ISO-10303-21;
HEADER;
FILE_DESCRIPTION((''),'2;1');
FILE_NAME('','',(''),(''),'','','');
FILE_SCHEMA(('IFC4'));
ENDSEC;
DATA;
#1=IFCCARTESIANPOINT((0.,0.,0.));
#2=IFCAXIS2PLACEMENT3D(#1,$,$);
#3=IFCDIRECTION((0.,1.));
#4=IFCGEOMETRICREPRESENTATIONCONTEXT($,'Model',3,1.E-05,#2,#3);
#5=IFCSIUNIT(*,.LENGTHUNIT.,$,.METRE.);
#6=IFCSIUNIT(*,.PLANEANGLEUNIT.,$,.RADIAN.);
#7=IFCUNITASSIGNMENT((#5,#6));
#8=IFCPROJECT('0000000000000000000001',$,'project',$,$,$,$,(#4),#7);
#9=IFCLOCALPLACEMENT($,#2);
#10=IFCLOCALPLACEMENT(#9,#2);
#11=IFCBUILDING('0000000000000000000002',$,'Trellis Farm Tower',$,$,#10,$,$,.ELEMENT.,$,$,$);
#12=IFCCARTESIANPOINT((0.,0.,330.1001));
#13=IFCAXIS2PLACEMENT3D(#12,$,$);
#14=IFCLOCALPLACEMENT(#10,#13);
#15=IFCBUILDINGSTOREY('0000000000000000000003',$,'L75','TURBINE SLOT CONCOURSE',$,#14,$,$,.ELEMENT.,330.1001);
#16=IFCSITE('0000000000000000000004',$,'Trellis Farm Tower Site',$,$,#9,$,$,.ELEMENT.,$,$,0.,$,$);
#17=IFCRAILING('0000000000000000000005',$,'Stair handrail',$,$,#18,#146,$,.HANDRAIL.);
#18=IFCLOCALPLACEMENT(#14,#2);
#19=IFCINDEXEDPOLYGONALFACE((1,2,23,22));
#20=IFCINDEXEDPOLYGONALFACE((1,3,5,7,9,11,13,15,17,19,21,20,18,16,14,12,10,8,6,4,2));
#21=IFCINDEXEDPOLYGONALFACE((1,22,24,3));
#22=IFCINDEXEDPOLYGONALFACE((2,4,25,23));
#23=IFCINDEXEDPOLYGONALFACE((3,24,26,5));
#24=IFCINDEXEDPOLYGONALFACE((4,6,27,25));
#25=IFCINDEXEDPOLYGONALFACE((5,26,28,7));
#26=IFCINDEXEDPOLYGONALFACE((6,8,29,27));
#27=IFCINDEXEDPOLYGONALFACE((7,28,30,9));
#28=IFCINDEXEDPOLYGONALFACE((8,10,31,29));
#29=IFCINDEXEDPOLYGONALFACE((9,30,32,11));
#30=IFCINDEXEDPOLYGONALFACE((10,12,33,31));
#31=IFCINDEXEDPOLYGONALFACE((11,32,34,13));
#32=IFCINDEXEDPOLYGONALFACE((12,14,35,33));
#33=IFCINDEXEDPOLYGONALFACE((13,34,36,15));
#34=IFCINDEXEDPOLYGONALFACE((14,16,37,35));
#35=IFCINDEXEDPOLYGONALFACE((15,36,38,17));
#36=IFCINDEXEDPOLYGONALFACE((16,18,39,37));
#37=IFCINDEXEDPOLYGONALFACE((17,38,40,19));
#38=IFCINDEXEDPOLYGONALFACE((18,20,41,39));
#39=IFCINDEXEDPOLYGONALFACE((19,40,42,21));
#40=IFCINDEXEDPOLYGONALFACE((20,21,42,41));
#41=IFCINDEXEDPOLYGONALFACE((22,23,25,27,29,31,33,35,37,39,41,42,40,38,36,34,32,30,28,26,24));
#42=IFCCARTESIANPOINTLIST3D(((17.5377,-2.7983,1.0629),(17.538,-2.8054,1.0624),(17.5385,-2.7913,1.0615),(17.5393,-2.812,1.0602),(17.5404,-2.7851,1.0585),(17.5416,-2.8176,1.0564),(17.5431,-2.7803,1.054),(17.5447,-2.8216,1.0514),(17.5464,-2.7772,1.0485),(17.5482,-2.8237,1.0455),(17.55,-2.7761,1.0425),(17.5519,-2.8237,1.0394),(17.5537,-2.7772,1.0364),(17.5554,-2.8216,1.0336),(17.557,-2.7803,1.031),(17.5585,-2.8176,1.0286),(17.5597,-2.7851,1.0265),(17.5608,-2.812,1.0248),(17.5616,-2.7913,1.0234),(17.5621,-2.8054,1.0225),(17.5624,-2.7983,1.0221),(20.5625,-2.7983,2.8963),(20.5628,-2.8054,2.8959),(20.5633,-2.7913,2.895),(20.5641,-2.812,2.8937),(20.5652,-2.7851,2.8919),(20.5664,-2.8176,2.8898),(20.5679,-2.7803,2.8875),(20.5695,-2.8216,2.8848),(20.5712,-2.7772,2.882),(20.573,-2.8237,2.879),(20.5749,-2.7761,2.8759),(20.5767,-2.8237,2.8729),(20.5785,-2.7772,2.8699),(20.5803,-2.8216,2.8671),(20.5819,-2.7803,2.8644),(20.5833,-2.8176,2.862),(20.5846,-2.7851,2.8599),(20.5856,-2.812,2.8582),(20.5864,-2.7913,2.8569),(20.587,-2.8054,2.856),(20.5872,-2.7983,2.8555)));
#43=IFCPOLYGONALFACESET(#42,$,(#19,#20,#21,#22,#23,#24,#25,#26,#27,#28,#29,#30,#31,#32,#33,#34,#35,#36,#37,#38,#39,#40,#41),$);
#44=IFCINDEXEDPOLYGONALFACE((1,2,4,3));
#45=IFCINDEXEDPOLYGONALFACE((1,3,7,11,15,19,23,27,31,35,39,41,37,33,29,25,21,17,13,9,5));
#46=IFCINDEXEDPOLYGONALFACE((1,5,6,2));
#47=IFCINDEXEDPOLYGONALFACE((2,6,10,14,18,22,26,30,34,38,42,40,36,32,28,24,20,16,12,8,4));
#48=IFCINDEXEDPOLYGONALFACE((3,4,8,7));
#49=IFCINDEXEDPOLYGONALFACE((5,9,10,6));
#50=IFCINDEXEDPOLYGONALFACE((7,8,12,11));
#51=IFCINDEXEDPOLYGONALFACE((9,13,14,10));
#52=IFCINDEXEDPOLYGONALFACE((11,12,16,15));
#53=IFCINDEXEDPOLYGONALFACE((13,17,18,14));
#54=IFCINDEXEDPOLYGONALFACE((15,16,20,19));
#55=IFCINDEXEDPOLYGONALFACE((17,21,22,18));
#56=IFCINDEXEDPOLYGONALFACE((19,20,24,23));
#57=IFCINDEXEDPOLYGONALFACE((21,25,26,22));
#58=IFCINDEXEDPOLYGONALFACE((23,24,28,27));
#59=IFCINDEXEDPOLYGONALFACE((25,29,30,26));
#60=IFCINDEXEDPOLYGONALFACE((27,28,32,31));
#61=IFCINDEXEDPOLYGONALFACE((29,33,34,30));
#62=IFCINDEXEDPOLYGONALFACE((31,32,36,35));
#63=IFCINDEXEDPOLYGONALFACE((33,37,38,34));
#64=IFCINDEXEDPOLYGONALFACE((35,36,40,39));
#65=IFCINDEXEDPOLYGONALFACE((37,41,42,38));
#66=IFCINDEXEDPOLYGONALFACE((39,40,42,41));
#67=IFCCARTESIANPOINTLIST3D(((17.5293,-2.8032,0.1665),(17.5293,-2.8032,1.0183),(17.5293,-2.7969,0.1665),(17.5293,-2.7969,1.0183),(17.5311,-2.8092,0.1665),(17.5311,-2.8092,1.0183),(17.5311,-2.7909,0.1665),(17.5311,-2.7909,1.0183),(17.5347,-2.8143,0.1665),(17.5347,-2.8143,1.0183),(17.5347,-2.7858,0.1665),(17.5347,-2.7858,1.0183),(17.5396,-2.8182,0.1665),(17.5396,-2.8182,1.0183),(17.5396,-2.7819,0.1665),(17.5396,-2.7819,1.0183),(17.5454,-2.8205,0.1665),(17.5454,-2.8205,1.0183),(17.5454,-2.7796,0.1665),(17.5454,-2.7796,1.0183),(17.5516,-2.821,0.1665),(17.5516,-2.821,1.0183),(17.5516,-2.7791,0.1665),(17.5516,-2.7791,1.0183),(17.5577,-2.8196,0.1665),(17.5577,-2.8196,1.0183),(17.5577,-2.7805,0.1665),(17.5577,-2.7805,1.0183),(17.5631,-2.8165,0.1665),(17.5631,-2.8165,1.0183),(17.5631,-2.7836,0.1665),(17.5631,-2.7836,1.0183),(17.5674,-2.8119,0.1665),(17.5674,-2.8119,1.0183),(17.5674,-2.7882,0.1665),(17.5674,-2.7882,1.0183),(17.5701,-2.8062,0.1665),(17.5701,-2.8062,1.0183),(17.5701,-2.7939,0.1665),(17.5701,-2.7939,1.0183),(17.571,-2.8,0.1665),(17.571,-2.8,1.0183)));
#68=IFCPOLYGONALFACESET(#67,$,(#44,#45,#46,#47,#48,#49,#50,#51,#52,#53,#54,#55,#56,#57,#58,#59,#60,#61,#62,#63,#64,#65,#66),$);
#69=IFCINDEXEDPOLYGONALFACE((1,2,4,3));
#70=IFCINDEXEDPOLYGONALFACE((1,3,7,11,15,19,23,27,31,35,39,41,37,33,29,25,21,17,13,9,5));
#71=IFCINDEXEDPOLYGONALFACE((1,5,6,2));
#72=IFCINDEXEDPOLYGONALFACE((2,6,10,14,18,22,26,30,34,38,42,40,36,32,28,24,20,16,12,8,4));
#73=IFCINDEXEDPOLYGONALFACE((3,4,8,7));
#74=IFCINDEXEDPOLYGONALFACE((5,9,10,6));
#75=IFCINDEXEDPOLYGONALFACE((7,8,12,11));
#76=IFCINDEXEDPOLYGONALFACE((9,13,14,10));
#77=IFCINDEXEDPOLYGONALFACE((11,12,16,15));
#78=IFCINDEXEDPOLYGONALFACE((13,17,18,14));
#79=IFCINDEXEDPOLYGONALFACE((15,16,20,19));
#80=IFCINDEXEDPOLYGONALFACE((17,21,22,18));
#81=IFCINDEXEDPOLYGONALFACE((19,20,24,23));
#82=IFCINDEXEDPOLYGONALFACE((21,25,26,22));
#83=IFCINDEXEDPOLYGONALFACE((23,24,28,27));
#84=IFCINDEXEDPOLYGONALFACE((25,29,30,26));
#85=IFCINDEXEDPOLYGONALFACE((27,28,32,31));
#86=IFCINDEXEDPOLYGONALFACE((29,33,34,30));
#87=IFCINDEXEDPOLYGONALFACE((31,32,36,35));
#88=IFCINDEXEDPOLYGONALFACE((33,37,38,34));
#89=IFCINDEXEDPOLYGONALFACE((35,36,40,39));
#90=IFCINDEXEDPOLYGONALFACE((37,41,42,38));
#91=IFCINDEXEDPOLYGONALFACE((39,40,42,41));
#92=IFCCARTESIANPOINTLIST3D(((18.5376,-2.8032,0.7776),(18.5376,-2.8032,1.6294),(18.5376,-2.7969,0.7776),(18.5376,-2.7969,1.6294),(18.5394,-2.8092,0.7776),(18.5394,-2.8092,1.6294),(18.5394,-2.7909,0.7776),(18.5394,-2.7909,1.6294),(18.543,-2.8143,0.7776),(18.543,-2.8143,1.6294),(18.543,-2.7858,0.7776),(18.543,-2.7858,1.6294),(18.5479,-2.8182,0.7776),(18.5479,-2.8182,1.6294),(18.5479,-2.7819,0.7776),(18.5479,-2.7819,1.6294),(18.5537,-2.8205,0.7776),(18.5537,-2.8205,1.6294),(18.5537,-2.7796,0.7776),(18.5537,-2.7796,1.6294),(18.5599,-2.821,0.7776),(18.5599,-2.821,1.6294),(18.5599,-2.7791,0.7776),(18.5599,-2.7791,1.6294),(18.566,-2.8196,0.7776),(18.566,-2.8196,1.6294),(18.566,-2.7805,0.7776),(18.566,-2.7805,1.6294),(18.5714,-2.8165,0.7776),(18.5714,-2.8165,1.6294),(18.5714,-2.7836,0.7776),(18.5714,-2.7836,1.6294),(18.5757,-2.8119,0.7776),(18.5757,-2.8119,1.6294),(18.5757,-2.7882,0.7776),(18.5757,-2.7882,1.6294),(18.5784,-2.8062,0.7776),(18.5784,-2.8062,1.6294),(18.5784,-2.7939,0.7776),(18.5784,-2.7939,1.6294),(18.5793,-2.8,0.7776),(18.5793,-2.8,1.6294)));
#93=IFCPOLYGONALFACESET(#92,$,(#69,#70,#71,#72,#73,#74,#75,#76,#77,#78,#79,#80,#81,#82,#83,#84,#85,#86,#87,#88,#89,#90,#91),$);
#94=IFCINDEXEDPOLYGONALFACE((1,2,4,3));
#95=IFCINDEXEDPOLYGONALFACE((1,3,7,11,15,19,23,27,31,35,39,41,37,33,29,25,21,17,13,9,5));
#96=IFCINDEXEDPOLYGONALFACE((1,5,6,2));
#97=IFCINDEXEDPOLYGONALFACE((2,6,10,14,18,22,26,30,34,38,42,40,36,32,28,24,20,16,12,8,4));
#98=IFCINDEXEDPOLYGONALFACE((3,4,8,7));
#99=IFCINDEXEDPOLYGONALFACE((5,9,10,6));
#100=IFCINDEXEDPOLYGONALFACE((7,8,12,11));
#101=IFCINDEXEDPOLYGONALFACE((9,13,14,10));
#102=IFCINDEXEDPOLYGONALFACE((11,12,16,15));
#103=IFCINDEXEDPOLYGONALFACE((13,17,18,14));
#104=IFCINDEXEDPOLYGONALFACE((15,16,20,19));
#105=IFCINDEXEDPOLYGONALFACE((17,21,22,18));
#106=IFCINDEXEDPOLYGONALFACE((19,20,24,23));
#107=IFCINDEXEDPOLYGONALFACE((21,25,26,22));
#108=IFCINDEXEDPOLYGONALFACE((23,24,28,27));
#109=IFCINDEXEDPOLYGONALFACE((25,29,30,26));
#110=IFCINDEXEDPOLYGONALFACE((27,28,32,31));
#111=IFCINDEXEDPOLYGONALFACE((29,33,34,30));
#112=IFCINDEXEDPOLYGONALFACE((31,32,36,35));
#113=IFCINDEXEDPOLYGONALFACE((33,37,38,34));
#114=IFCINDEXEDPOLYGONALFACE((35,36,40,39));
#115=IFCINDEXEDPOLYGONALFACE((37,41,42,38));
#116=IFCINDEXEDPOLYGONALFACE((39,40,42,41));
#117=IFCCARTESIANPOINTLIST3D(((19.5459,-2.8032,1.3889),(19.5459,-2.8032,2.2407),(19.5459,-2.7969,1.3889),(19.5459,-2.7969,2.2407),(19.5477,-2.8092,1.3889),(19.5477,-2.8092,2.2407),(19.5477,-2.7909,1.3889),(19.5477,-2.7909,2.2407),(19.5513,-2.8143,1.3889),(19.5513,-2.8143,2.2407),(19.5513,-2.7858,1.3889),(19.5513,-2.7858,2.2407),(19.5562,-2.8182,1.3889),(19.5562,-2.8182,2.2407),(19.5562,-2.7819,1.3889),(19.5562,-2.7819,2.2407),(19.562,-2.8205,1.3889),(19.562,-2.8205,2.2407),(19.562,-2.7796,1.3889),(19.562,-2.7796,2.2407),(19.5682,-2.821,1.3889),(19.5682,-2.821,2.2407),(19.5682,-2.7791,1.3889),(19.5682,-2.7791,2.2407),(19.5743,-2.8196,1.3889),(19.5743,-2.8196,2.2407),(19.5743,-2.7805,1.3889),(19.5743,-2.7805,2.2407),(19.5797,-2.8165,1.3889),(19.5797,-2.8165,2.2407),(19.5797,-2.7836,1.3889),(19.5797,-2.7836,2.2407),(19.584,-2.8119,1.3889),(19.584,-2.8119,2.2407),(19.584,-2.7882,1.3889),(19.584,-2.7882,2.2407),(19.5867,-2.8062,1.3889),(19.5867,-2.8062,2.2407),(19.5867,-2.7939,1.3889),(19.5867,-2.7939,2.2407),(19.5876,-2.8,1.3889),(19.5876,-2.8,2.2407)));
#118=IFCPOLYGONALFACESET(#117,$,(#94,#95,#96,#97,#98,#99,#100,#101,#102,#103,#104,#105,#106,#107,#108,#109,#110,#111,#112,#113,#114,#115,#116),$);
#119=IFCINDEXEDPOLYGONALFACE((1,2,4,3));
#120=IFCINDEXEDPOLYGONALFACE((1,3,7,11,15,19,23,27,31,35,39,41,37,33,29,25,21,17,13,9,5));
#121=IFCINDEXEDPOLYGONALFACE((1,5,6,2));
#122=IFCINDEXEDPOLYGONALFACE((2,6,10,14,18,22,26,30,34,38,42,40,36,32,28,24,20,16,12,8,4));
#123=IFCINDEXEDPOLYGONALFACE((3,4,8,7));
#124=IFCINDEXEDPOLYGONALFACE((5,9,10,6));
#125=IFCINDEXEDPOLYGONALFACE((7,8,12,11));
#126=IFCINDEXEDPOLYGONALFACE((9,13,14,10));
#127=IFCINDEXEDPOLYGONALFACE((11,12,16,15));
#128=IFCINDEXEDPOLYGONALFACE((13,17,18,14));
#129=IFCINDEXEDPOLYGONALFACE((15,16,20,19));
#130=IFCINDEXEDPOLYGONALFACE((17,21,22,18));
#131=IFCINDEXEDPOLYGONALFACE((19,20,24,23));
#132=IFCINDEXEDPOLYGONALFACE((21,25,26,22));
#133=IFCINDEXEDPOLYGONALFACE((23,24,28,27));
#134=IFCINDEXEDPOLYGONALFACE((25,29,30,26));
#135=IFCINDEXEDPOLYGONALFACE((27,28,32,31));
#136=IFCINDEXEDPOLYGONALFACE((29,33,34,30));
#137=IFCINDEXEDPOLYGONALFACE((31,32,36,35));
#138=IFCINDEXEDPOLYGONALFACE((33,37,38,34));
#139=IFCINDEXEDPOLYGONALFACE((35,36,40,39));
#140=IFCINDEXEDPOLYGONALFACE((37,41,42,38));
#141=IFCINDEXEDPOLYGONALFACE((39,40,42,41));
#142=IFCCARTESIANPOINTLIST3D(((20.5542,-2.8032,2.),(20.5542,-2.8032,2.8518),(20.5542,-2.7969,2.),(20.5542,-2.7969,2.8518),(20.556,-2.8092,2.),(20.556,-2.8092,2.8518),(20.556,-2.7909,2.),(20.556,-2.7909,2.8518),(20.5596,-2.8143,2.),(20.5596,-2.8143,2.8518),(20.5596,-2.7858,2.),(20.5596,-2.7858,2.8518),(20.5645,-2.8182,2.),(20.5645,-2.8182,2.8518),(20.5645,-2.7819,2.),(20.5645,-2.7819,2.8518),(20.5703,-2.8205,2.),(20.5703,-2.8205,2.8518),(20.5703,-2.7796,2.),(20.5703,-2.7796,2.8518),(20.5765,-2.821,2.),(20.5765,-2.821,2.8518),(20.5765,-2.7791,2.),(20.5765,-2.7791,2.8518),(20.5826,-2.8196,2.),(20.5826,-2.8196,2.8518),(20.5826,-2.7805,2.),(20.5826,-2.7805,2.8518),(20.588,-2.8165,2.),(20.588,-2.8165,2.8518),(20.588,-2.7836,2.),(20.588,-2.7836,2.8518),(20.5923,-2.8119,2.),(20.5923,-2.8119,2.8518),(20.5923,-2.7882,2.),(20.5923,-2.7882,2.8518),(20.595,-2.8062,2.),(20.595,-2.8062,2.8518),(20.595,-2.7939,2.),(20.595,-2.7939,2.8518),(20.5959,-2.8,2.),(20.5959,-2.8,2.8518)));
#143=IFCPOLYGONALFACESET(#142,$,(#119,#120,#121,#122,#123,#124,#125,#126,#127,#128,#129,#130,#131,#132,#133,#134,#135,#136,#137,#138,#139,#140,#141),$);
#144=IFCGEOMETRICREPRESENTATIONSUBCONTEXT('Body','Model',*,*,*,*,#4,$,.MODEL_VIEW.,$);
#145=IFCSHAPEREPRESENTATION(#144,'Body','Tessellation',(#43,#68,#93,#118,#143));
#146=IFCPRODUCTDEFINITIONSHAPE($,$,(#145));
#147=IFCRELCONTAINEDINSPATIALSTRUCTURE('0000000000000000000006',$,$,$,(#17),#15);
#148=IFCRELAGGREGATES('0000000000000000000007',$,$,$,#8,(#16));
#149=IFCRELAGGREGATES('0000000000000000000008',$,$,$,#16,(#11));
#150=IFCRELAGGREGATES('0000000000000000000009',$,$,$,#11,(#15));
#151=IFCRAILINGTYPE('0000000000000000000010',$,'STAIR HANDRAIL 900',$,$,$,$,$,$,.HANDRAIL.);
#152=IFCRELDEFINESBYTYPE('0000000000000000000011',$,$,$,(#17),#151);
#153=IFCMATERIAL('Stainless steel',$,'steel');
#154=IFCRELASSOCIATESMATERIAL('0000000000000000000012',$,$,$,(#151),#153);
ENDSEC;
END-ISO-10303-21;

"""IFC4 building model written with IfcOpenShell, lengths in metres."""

from ifc_helpers import new_model, si_unit, direction, frame, origin, origin_2d, place, context, subcontext, project, spatial, circle, extrude, source, transform, mapped, material, type_object, element, save


model = new_model("IFC4")

# Units and contexts
model_context = context("Model", 3, precision=1e-05, world=origin(), true_north=direction((0.0, 1.0)))
body_context = subcontext(model_context, "Body", "Model", "MODEL_VIEW")
ifc_project = project(units=[si_unit("LENGTHUNIT", "METRE"), si_unit("PLANEANGLEUNIT", "RADIAN")], contexts=[model_context])

# Site, building, storey
site_placement = place(None, origin())
site = spatial("IfcSite", under=ifc_project, at=site_placement, Name="Trellis Farm Tower Site", CompositionType="ELEMENT", RefElevation=0.0)
building_placement = place(site_placement, origin())
building = spatial("IfcBuilding", under=site, at=building_placement, Name="Trellis Farm Tower", CompositionType="ELEMENT")
storey_placement = place(building_placement, frame((0.0, 0.0, 330.1001)))
storey = spatial("IfcBuildingStorey", under=building, at=storey_placement, Name="L75", Description="TURBINE SLOT CONCOURSE", CompositionType="ELEMENT", Elevation=330.1001)

# Railing
ifc_material_1 = material(Name="Stainless steel", Category="steel")
railing_type_1 = type_object("IfcRailingType", Name="STAIR HANDRAIL 900", PredefinedType="HANDRAIL", material=ifc_material_1)
shared_shape_1 = source(origin(), body_context, "Body", "SweptSolid", [
    extrude(circle(Radius=0.0239, at=origin_2d()), frame((0.0, 0.0, 0.876), z_axis=(0.85517, 0.0, 0.518348), x_axis=(0.0, 1.0, 0.0)), (0.0, 0.0, 1.0), 3.5371),
    extrude(circle(Radius=0.021, at=origin_2d()), origin(), (0.0, 0.0, 1.0), 0.8518),
    extrude(circle(Radius=0.021, at=origin_2d()), frame((1.0083, 0.0, 0.6111)), (0.0, 0.0, 1.0), 0.8518),
    extrude(circle(Radius=0.021, at=origin_2d()), frame((2.0166, 0.0, 1.2224)), (0.0, 0.0, 1.0), 0.8518),
    extrude(circle(Radius=0.021, at=origin_2d()), frame((3.0249, 0.0, 1.8335)), (0.0, 0.0, 1.0), 0.8518),
])
for number, where, name in (
    (1, (17.55, -2.8, 0.1665), "Stair handrail"),
):
    element("IfcRailing", number, at=place(storey_placement, frame(where)), inside=storey, type_object=railing_type_1, Name=name, PredefinedType="HANDRAIL", context=body_context, shape_type="MappedRepresentation", body=[
        mapped(shared_shape_1, transform((0.0, 0.0, 0.0))),
    ])

save(model, "model.ifc")
